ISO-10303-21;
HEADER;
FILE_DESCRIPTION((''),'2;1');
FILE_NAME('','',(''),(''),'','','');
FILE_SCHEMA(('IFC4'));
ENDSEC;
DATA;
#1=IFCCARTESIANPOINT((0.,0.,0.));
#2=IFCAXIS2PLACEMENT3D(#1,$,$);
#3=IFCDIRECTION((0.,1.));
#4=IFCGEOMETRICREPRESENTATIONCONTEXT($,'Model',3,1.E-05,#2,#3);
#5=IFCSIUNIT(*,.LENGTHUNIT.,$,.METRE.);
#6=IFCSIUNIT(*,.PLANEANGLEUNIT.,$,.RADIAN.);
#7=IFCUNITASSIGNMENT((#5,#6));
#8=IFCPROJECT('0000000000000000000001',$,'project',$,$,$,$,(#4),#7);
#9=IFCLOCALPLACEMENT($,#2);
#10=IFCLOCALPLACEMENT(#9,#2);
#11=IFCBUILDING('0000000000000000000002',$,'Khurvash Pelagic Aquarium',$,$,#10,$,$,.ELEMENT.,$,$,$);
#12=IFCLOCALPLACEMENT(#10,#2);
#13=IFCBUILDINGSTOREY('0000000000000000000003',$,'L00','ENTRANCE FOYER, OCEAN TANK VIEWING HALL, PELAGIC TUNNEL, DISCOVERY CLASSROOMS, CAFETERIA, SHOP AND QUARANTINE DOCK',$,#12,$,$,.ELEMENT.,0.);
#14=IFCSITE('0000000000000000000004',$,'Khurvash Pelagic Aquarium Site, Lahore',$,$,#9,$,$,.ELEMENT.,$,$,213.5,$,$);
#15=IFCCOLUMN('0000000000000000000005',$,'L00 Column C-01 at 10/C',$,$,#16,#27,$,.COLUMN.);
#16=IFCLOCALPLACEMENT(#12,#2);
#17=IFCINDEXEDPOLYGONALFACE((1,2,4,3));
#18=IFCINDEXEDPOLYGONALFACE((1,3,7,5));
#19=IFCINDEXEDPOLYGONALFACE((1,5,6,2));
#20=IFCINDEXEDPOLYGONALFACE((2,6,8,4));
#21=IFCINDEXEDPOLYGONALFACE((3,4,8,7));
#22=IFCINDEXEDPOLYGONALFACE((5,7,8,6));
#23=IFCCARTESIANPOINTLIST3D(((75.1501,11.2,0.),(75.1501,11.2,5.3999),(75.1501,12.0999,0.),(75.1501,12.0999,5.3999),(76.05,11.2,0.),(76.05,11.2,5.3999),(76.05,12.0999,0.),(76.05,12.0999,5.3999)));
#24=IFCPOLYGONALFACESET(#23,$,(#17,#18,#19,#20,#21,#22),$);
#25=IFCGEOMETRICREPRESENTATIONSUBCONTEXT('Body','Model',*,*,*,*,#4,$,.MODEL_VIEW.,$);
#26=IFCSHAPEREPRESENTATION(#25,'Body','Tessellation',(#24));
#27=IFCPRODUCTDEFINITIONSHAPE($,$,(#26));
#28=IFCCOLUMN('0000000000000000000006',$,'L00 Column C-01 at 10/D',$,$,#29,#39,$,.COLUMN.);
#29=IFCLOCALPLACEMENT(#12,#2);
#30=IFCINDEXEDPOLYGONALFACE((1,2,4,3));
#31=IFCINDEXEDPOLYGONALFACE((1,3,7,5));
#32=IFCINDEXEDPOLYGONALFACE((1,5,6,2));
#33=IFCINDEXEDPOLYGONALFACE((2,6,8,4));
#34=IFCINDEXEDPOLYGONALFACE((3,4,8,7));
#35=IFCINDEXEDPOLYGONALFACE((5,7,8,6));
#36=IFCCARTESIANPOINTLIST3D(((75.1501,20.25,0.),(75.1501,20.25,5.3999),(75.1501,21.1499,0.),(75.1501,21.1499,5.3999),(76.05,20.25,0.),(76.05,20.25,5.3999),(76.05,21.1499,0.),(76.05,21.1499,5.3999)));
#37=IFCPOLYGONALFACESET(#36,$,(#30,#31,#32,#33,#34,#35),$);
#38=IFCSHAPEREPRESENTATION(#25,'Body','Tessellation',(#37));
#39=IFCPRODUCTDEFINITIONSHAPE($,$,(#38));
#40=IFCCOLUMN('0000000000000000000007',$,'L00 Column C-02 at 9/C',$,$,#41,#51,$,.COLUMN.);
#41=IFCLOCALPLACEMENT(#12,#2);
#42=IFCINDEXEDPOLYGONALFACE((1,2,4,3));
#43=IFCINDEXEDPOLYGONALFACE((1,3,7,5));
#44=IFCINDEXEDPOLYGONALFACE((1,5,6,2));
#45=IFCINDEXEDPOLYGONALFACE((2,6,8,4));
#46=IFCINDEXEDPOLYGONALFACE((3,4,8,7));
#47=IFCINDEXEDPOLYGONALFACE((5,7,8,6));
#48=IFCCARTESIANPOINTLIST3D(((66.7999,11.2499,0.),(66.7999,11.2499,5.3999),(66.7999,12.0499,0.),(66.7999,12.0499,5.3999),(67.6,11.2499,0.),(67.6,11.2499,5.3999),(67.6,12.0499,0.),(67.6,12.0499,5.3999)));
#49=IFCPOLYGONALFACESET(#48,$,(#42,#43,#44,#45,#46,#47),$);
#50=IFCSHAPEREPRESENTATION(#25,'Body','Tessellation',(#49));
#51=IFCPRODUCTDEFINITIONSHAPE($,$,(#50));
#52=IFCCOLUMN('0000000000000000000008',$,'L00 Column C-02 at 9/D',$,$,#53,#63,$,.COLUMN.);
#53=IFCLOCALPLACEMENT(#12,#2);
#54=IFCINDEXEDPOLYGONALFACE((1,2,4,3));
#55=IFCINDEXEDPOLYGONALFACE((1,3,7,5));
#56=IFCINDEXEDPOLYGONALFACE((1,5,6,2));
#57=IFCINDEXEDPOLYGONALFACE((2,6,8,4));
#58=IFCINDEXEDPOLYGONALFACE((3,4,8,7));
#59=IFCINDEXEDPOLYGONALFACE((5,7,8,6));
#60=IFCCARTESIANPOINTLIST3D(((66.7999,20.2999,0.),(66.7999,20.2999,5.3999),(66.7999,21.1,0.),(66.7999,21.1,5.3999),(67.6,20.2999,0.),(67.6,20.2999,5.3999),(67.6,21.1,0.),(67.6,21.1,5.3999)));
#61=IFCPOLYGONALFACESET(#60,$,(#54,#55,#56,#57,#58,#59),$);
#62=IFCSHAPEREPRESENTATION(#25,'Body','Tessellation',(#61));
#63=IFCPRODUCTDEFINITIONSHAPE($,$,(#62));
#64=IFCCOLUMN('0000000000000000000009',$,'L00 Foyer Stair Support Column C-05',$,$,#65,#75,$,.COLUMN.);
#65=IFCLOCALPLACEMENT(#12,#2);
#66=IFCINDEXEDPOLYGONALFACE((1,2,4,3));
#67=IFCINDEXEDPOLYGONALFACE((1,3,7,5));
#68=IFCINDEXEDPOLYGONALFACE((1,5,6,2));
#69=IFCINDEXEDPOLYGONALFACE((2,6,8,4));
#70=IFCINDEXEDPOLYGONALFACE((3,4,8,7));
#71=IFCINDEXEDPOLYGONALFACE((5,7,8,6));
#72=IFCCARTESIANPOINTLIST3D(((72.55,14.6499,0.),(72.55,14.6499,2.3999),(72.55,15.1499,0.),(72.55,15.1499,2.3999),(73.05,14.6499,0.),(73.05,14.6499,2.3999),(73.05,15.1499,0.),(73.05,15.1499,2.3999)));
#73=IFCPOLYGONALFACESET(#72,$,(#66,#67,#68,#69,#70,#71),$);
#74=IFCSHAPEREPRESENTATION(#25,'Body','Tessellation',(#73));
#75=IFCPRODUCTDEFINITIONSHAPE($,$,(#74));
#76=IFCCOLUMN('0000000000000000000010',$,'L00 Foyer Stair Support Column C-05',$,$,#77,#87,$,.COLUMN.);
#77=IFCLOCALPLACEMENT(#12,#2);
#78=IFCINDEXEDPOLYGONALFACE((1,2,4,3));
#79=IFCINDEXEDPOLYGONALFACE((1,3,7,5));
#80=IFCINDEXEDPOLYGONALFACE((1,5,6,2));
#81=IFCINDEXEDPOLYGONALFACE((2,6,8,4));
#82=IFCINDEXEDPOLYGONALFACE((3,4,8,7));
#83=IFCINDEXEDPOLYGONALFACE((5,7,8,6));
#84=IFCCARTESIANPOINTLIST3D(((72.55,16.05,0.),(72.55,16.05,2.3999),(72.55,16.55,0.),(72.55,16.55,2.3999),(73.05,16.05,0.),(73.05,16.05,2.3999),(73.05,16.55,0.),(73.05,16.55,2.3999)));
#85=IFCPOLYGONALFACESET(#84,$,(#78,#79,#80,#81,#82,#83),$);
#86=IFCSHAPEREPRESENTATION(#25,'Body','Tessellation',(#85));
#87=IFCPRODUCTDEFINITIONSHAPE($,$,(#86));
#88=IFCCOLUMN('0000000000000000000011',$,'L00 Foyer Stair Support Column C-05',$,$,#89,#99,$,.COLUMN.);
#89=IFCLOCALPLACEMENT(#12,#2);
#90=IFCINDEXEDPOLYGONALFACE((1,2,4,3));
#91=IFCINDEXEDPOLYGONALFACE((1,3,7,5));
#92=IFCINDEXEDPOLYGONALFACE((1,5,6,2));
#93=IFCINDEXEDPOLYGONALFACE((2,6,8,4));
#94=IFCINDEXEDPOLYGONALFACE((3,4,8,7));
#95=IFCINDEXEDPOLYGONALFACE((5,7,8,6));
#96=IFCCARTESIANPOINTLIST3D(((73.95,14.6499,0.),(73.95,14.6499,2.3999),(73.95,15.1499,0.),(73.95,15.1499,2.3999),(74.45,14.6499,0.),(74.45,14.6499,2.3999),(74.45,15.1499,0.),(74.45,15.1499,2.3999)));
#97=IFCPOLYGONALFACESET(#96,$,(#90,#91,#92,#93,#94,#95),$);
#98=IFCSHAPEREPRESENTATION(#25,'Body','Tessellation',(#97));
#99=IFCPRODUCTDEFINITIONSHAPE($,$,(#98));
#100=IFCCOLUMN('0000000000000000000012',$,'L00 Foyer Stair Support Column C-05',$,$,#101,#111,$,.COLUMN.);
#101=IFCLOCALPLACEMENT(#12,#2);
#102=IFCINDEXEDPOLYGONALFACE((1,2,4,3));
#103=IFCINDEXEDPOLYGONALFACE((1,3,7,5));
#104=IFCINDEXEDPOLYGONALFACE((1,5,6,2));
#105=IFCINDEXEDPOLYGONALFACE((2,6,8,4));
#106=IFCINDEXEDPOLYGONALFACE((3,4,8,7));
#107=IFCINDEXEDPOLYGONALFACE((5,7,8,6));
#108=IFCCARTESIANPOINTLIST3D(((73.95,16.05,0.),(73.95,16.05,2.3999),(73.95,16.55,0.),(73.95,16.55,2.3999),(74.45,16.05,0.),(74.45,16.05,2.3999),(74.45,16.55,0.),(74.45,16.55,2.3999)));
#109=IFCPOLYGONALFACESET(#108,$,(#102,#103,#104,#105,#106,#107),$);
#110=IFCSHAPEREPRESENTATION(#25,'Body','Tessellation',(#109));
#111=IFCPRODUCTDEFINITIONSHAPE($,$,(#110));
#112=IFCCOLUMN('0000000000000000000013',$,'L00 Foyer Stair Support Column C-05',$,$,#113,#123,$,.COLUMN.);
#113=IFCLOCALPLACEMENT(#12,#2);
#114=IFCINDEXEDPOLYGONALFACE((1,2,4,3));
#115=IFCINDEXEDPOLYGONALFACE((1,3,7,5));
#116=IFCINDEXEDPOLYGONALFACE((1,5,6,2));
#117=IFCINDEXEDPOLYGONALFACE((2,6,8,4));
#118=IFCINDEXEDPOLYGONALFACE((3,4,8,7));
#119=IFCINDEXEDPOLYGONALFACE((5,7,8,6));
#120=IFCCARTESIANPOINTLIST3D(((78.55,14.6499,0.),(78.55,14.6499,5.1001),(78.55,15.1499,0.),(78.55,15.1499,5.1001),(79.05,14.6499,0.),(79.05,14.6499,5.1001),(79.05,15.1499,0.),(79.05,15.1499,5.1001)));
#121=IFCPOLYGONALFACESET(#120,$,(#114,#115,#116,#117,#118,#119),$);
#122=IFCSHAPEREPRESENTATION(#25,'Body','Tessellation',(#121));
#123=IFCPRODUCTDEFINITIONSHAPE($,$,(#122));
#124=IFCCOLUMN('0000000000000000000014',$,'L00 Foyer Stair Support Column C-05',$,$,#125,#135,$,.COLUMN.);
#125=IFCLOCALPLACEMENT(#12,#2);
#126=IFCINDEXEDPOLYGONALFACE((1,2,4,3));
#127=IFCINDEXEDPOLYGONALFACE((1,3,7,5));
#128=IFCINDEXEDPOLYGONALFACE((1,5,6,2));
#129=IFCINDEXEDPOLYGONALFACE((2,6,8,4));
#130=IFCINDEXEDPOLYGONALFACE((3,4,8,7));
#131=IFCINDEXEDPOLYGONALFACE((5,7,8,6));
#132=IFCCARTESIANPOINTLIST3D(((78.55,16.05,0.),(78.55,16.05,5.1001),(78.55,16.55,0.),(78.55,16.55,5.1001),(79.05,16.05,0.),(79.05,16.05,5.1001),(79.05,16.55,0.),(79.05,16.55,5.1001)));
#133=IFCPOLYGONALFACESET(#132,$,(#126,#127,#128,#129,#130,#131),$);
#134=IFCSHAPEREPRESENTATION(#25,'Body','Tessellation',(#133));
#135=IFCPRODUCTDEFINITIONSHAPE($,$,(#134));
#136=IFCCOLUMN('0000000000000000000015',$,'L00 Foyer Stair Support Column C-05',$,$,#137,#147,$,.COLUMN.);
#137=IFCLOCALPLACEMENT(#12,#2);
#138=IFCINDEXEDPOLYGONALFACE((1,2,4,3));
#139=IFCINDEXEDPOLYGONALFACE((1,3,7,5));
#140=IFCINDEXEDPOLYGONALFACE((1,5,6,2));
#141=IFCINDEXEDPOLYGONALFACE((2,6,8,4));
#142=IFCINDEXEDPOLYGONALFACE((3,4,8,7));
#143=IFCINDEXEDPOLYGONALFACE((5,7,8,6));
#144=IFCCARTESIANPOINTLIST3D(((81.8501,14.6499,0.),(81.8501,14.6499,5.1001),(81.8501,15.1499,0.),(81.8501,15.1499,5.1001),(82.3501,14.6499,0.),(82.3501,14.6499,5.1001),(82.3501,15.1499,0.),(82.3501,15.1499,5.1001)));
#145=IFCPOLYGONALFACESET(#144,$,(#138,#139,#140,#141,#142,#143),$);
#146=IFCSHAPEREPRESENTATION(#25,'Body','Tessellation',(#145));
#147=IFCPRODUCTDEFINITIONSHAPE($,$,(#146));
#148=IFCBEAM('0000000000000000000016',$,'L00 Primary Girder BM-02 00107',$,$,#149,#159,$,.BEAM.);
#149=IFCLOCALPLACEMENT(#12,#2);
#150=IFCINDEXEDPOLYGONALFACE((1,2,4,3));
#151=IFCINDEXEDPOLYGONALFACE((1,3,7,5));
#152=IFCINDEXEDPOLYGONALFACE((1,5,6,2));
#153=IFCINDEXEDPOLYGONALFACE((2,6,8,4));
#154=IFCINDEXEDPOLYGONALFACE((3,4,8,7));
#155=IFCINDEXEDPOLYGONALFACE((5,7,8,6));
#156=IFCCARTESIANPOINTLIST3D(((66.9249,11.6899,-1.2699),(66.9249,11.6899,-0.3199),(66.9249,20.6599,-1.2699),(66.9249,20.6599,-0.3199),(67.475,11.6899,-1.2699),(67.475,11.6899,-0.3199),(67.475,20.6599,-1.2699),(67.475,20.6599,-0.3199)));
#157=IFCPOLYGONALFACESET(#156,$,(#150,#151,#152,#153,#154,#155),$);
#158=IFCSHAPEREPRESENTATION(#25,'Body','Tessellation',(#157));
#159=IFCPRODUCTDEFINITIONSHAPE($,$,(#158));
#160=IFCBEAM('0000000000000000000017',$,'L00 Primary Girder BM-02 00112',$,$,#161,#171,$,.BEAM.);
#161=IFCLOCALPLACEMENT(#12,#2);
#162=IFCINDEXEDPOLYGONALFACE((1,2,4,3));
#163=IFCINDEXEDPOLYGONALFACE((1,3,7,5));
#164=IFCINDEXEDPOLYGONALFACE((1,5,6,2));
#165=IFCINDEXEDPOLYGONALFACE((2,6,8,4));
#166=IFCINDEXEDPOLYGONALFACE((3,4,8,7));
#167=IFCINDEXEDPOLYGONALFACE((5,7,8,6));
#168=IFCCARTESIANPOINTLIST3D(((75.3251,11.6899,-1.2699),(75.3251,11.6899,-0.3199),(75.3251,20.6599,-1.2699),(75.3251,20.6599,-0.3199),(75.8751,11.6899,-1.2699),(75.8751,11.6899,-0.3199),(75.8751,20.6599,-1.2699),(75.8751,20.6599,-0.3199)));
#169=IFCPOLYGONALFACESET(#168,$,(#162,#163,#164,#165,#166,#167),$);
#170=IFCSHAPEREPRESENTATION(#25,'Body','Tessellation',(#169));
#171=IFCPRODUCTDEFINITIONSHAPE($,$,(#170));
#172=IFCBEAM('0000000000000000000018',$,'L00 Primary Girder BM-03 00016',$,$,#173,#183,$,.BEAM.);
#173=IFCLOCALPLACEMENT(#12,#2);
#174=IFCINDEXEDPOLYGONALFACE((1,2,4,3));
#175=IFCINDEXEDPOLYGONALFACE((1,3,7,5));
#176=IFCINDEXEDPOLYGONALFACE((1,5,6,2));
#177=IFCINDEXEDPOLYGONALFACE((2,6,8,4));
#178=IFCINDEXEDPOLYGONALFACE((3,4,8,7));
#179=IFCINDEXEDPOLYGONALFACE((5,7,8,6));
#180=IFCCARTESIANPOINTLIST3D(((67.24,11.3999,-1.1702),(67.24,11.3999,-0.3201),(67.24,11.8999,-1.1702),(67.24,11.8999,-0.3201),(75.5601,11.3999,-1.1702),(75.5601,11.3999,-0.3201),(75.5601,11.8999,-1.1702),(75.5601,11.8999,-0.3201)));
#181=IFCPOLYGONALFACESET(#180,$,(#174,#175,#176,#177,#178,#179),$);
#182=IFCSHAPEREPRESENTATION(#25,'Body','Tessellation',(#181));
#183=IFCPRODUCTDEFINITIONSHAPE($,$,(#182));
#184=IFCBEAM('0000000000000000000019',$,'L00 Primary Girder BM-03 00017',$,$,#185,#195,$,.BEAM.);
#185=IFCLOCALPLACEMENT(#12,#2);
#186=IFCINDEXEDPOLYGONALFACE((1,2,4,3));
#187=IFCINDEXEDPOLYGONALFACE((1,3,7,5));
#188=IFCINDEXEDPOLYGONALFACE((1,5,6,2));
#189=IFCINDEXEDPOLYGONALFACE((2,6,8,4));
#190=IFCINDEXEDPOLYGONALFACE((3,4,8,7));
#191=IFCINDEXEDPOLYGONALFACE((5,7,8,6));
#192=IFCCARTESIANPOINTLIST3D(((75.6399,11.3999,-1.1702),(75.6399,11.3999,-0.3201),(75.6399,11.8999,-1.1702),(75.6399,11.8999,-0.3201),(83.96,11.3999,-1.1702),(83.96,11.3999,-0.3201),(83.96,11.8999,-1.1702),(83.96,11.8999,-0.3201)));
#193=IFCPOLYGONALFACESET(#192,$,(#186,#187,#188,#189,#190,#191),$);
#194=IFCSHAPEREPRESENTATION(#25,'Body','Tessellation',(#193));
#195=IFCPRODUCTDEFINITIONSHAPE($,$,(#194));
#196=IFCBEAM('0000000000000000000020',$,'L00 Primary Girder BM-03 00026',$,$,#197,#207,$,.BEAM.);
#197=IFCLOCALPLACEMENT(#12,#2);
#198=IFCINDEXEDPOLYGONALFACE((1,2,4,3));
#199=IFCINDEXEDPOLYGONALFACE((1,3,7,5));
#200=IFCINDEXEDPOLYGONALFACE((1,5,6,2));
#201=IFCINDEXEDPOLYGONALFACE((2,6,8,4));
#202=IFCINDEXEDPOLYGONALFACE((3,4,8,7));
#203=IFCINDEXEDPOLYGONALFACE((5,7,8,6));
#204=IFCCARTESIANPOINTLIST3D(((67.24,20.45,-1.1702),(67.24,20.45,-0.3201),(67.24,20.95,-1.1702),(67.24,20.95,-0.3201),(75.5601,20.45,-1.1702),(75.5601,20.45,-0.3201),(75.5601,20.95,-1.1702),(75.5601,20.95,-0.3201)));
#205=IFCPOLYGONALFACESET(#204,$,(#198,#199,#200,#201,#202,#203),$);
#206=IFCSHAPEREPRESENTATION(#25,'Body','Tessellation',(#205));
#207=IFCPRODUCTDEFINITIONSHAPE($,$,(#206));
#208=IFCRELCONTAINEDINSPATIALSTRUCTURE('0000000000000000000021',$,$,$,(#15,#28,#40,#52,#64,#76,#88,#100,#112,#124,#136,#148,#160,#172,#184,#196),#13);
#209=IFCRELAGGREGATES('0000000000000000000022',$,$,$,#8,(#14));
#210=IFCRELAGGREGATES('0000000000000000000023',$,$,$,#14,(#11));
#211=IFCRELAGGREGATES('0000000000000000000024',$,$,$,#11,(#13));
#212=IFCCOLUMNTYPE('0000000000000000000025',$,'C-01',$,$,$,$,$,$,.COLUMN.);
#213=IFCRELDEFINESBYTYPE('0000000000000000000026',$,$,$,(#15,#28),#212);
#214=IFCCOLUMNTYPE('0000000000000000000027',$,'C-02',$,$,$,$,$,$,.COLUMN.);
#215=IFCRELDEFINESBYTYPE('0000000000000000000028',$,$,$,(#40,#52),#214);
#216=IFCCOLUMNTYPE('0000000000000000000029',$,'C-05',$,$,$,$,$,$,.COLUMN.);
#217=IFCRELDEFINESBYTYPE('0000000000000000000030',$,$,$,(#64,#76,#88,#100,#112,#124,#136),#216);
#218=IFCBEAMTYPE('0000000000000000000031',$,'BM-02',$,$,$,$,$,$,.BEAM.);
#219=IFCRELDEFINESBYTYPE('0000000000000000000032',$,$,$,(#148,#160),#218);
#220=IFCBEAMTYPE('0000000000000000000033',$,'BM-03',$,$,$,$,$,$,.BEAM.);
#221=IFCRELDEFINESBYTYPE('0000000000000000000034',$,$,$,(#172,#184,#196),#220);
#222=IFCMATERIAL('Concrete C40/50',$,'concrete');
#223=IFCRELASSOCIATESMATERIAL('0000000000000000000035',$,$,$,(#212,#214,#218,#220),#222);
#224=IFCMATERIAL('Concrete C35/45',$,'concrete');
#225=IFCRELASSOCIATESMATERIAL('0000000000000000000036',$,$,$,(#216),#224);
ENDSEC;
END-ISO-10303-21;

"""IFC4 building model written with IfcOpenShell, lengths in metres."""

from ifc_helpers import new_model, si_unit, direction, frame, origin, origin_2d, place, context, subcontext, project, spatial, rectangle, extrude, material, material_profile, profile_set, type_object, element, save


model = new_model("IFC4")

# Units and contexts
model_context = context("Model", 3, precision=1e-05, world=origin(), true_north=direction((0.0, 1.0)))
body_context = subcontext(model_context, "Body", "Model", "MODEL_VIEW")
ifc_project = project(units=[si_unit("LENGTHUNIT", "METRE"), si_unit("PLANEANGLEUNIT", "RADIAN")], contexts=[model_context])

# Site, building, storey
site_placement = place(None, origin())
site = spatial("IfcSite", under=ifc_project, at=site_placement, Name="Khurvash Pelagic Aquarium Site, Lahore", CompositionType="ELEMENT", RefElevation=213.5)
building_placement = place(site_placement, origin())
building = spatial("IfcBuilding", under=site, at=building_placement, Name="Khurvash Pelagic Aquarium", CompositionType="ELEMENT")
storey_placement = place(building_placement, origin())
storey = spatial("IfcBuildingStorey", under=building, at=storey_placement, Name="L00", Description="ENTRANCE FOYER, OCEAN TANK VIEWING HALL, PELAGIC TUNNEL, DISCOVERY CLASSROOMS, CAFETERIA, SHOP AND QUARANTINE DOCK", CompositionType="ELEMENT", Elevation=0.0)

# Columns
ifc_material_1 = material(Name="Concrete C40/50", Category="concrete")
ifc_material_profile_1 = material_profile(ifc_material_1, rectangle(XDim=0.8999, YDim=0.8999, at=origin_2d()), Name="RC900X900")
ifc_profile_set_1 = profile_set([ifc_material_profile_1], Name="Concrete C40/50")
column_type_1 = type_object("IfcColumnType", Name="C-01", PredefinedType="COLUMN", material=ifc_profile_set_1)
for number, where, z_axis, x_axis, name in (
    (1, (75.6001, 11.6499, 0.0), (0.0, 0.0, 1.0), (1.0, 0.0, 0.0), "L00 Column C-01 at 10/C"),
    (2, (75.6001, 20.7, 0.0), (0.0, 0.0, 1.0), (1.0, 0.0, 0.0), "L00 Column C-01 at 10/D"),
):
    element("IfcColumn", number, at=place(storey_placement, frame(where, z_axis=z_axis, x_axis=x_axis)), inside=storey, type_object=column_type_1, Name=name, PredefinedType="COLUMN", context=body_context, shape_type="SweptSolid", body=[
        extrude(rectangle(XDim=0.8999, YDim=0.8999, at=origin_2d()), origin(), (0.0, 0.0, 1.0), 5.3999),
    ])
ifc_material_profile_2 = material_profile(ifc_material_1, rectangle(XDim=0.8, YDim=0.8, at=origin_2d()), Name="RC800X800")
ifc_profile_set_2 = profile_set([ifc_material_profile_2], Name="Concrete C40/50")
column_type_2 = type_object("IfcColumnType", Name="C-02", PredefinedType="COLUMN", material=ifc_profile_set_2)
for number, where, z_axis, x_axis, name in (
    (3, (67.2, 11.6499, 0.0), (0.0, 0.0, 1.0), (1.0, 0.0, 0.0), "L00 Column C-02 at 9/C"),
    (4, (67.2, 20.7, 0.0), (0.0, 0.0, 1.0), (1.0, 0.0, 0.0), "L00 Column C-02 at 9/D"),
):
    element("IfcColumn", number, at=place(storey_placement, frame(where, z_axis=z_axis, x_axis=x_axis)), inside=storey, type_object=column_type_2, Name=name, PredefinedType="COLUMN", context=body_context, shape_type="SweptSolid", body=[
        extrude(rectangle(XDim=0.8, YDim=0.8, at=origin_2d()), origin(), (0.0, 0.0, 1.0), 5.3999),
    ])
ifc_material_2 = material(Name="Concrete C35/45", Category="concrete")
ifc_material_profile_3 = material_profile(ifc_material_2, rectangle(XDim=0.5, YDim=0.5, at=origin_2d()), Name="RC500X500")
ifc_profile_set_3 = profile_set([ifc_material_profile_3], Name="Concrete C35/45")
column_type_3 = type_object("IfcColumnType", Name="C-05", PredefinedType="COLUMN", material=ifc_profile_set_3)
for number, where, z_axis, x_axis, name in (
    (5, (72.8, 14.8999, 0.0), (0.0, 0.0, 1.0), (1.0, 0.0, 0.0), "L00 Foyer Stair Support Column C-05"),
    (6, (72.8, 16.3, 0.0), (0.0, 0.0, 1.0), (1.0, 0.0, 0.0), "L00 Foyer Stair Support Column C-05"),
    (7, (74.2, 14.8999, 0.0), (0.0, 0.0, 1.0), (1.0, 0.0, 0.0), "L00 Foyer Stair Support Column C-05"),
    (8, (74.2, 16.3, 0.0), (0.0, 0.0, 1.0), (1.0, 0.0, 0.0), "L00 Foyer Stair Support Column C-05"),
):
    element("IfcColumn", number, at=place(storey_placement, frame(where, z_axis=z_axis, x_axis=x_axis)), inside=storey, type_object=column_type_3, Name=name, PredefinedType="COLUMN", context=body_context, shape_type="SweptSolid", body=[
        extrude(rectangle(XDim=0.5, YDim=0.5, at=origin_2d()), origin(), (0.0, 0.0, 1.0), 2.3999),
    ])
for number, where, z_axis, x_axis, name in (
    (9, (78.8, 14.8999, 0.0), (0.0, 0.0, 1.0), (1.0, 0.0, 0.0), "L00 Foyer Stair Support Column C-05"),
    (10, (78.8, 16.3, 0.0), (0.0, 0.0, 1.0), (1.0, 0.0, 0.0), "L00 Foyer Stair Support Column C-05"),
    (11, (82.1001, 14.8999, 0.0), (0.0, 0.0, 1.0), (1.0, 0.0, 0.0), "L00 Foyer Stair Support Column C-05"),
):
    element("IfcColumn", number, at=place(storey_placement, frame(where, z_axis=z_axis, x_axis=x_axis)), inside=storey, type_object=column_type_3, Name=name, PredefinedType="COLUMN", context=body_context, shape_type="SweptSolid", body=[
        extrude(rectangle(XDim=0.5, YDim=0.5, at=origin_2d()), origin(), (0.0, 0.0, 1.0), 5.1001),
    ])

# Beams
ifc_material_profile_4 = material_profile(ifc_material_1, rectangle(XDim=0.55, YDim=0.95, at=origin_2d()), Name="RC550X950")
ifc_profile_set_4 = profile_set([ifc_material_profile_4], Name="Concrete C40/50")
beam_type_1 = type_object("IfcBeamType", Name="BM-02", PredefinedType="BEAM", material=ifc_profile_set_4)
for number, where, z_axis, x_axis, name in (
    (12, (67.2, 11.6899, -0.7949), (0.0, 1.0, 0.0), (-1.0, 0.0, 0.0), "L00 Primary Girder BM-02 00107"),
    (13, (75.6001, 11.6899, -0.7949), (0.0, 1.0, 0.0), (-1.0, 0.0, 0.0), "L00 Primary Girder BM-02 00112"),
):
    element("IfcBeam", number, at=place(storey_placement, frame(where, z_axis=z_axis, x_axis=x_axis)), inside=storey, type_object=beam_type_1, Name=name, PredefinedType="BEAM", context=body_context, shape_type="SweptSolid", body=[
        extrude(rectangle(XDim=0.55, YDim=0.95, at=origin_2d()), origin(), (0.0, 0.0, 1.0), 8.97),
    ])
ifc_material_profile_5 = material_profile(ifc_material_1, rectangle(XDim=0.5, YDim=0.8501, at=origin_2d()), Name="RC500X850")
ifc_profile_set_5 = profile_set([ifc_material_profile_5], Name="Concrete C40/50")
beam_type_2 = type_object("IfcBeamType", Name="BM-03", PredefinedType="BEAM", material=ifc_profile_set_5)
for number, where, z_axis, x_axis, name in (
    (14, (67.24, 11.6499, -0.7451), (1.0, 0.0, 0.0), (0.0, 1.0, 0.0), "L00 Primary Girder BM-03 00016"),
    (15, (75.6399, 11.6499, -0.7451), (1.0, 0.0, 0.0), (0.0, 1.0, 0.0), "L00 Primary Girder BM-03 00017"),
    (16, (67.24, 20.7, -0.7451), (1.0, 0.0, 0.0), (0.0, 1.0, 0.0), "L00 Primary Girder BM-03 00026"),
):
    element("IfcBeam", number, at=place(storey_placement, frame(where, z_axis=z_axis, x_axis=x_axis)), inside=storey, type_object=beam_type_2, Name=name, PredefinedType="BEAM", context=body_context, shape_type="SweptSolid", body=[
        extrude(rectangle(XDim=0.5, YDim=0.8501, at=origin_2d()), origin(), (0.0, 0.0, 1.0), 8.3201),
    ])

save(model, "model.ifc")
